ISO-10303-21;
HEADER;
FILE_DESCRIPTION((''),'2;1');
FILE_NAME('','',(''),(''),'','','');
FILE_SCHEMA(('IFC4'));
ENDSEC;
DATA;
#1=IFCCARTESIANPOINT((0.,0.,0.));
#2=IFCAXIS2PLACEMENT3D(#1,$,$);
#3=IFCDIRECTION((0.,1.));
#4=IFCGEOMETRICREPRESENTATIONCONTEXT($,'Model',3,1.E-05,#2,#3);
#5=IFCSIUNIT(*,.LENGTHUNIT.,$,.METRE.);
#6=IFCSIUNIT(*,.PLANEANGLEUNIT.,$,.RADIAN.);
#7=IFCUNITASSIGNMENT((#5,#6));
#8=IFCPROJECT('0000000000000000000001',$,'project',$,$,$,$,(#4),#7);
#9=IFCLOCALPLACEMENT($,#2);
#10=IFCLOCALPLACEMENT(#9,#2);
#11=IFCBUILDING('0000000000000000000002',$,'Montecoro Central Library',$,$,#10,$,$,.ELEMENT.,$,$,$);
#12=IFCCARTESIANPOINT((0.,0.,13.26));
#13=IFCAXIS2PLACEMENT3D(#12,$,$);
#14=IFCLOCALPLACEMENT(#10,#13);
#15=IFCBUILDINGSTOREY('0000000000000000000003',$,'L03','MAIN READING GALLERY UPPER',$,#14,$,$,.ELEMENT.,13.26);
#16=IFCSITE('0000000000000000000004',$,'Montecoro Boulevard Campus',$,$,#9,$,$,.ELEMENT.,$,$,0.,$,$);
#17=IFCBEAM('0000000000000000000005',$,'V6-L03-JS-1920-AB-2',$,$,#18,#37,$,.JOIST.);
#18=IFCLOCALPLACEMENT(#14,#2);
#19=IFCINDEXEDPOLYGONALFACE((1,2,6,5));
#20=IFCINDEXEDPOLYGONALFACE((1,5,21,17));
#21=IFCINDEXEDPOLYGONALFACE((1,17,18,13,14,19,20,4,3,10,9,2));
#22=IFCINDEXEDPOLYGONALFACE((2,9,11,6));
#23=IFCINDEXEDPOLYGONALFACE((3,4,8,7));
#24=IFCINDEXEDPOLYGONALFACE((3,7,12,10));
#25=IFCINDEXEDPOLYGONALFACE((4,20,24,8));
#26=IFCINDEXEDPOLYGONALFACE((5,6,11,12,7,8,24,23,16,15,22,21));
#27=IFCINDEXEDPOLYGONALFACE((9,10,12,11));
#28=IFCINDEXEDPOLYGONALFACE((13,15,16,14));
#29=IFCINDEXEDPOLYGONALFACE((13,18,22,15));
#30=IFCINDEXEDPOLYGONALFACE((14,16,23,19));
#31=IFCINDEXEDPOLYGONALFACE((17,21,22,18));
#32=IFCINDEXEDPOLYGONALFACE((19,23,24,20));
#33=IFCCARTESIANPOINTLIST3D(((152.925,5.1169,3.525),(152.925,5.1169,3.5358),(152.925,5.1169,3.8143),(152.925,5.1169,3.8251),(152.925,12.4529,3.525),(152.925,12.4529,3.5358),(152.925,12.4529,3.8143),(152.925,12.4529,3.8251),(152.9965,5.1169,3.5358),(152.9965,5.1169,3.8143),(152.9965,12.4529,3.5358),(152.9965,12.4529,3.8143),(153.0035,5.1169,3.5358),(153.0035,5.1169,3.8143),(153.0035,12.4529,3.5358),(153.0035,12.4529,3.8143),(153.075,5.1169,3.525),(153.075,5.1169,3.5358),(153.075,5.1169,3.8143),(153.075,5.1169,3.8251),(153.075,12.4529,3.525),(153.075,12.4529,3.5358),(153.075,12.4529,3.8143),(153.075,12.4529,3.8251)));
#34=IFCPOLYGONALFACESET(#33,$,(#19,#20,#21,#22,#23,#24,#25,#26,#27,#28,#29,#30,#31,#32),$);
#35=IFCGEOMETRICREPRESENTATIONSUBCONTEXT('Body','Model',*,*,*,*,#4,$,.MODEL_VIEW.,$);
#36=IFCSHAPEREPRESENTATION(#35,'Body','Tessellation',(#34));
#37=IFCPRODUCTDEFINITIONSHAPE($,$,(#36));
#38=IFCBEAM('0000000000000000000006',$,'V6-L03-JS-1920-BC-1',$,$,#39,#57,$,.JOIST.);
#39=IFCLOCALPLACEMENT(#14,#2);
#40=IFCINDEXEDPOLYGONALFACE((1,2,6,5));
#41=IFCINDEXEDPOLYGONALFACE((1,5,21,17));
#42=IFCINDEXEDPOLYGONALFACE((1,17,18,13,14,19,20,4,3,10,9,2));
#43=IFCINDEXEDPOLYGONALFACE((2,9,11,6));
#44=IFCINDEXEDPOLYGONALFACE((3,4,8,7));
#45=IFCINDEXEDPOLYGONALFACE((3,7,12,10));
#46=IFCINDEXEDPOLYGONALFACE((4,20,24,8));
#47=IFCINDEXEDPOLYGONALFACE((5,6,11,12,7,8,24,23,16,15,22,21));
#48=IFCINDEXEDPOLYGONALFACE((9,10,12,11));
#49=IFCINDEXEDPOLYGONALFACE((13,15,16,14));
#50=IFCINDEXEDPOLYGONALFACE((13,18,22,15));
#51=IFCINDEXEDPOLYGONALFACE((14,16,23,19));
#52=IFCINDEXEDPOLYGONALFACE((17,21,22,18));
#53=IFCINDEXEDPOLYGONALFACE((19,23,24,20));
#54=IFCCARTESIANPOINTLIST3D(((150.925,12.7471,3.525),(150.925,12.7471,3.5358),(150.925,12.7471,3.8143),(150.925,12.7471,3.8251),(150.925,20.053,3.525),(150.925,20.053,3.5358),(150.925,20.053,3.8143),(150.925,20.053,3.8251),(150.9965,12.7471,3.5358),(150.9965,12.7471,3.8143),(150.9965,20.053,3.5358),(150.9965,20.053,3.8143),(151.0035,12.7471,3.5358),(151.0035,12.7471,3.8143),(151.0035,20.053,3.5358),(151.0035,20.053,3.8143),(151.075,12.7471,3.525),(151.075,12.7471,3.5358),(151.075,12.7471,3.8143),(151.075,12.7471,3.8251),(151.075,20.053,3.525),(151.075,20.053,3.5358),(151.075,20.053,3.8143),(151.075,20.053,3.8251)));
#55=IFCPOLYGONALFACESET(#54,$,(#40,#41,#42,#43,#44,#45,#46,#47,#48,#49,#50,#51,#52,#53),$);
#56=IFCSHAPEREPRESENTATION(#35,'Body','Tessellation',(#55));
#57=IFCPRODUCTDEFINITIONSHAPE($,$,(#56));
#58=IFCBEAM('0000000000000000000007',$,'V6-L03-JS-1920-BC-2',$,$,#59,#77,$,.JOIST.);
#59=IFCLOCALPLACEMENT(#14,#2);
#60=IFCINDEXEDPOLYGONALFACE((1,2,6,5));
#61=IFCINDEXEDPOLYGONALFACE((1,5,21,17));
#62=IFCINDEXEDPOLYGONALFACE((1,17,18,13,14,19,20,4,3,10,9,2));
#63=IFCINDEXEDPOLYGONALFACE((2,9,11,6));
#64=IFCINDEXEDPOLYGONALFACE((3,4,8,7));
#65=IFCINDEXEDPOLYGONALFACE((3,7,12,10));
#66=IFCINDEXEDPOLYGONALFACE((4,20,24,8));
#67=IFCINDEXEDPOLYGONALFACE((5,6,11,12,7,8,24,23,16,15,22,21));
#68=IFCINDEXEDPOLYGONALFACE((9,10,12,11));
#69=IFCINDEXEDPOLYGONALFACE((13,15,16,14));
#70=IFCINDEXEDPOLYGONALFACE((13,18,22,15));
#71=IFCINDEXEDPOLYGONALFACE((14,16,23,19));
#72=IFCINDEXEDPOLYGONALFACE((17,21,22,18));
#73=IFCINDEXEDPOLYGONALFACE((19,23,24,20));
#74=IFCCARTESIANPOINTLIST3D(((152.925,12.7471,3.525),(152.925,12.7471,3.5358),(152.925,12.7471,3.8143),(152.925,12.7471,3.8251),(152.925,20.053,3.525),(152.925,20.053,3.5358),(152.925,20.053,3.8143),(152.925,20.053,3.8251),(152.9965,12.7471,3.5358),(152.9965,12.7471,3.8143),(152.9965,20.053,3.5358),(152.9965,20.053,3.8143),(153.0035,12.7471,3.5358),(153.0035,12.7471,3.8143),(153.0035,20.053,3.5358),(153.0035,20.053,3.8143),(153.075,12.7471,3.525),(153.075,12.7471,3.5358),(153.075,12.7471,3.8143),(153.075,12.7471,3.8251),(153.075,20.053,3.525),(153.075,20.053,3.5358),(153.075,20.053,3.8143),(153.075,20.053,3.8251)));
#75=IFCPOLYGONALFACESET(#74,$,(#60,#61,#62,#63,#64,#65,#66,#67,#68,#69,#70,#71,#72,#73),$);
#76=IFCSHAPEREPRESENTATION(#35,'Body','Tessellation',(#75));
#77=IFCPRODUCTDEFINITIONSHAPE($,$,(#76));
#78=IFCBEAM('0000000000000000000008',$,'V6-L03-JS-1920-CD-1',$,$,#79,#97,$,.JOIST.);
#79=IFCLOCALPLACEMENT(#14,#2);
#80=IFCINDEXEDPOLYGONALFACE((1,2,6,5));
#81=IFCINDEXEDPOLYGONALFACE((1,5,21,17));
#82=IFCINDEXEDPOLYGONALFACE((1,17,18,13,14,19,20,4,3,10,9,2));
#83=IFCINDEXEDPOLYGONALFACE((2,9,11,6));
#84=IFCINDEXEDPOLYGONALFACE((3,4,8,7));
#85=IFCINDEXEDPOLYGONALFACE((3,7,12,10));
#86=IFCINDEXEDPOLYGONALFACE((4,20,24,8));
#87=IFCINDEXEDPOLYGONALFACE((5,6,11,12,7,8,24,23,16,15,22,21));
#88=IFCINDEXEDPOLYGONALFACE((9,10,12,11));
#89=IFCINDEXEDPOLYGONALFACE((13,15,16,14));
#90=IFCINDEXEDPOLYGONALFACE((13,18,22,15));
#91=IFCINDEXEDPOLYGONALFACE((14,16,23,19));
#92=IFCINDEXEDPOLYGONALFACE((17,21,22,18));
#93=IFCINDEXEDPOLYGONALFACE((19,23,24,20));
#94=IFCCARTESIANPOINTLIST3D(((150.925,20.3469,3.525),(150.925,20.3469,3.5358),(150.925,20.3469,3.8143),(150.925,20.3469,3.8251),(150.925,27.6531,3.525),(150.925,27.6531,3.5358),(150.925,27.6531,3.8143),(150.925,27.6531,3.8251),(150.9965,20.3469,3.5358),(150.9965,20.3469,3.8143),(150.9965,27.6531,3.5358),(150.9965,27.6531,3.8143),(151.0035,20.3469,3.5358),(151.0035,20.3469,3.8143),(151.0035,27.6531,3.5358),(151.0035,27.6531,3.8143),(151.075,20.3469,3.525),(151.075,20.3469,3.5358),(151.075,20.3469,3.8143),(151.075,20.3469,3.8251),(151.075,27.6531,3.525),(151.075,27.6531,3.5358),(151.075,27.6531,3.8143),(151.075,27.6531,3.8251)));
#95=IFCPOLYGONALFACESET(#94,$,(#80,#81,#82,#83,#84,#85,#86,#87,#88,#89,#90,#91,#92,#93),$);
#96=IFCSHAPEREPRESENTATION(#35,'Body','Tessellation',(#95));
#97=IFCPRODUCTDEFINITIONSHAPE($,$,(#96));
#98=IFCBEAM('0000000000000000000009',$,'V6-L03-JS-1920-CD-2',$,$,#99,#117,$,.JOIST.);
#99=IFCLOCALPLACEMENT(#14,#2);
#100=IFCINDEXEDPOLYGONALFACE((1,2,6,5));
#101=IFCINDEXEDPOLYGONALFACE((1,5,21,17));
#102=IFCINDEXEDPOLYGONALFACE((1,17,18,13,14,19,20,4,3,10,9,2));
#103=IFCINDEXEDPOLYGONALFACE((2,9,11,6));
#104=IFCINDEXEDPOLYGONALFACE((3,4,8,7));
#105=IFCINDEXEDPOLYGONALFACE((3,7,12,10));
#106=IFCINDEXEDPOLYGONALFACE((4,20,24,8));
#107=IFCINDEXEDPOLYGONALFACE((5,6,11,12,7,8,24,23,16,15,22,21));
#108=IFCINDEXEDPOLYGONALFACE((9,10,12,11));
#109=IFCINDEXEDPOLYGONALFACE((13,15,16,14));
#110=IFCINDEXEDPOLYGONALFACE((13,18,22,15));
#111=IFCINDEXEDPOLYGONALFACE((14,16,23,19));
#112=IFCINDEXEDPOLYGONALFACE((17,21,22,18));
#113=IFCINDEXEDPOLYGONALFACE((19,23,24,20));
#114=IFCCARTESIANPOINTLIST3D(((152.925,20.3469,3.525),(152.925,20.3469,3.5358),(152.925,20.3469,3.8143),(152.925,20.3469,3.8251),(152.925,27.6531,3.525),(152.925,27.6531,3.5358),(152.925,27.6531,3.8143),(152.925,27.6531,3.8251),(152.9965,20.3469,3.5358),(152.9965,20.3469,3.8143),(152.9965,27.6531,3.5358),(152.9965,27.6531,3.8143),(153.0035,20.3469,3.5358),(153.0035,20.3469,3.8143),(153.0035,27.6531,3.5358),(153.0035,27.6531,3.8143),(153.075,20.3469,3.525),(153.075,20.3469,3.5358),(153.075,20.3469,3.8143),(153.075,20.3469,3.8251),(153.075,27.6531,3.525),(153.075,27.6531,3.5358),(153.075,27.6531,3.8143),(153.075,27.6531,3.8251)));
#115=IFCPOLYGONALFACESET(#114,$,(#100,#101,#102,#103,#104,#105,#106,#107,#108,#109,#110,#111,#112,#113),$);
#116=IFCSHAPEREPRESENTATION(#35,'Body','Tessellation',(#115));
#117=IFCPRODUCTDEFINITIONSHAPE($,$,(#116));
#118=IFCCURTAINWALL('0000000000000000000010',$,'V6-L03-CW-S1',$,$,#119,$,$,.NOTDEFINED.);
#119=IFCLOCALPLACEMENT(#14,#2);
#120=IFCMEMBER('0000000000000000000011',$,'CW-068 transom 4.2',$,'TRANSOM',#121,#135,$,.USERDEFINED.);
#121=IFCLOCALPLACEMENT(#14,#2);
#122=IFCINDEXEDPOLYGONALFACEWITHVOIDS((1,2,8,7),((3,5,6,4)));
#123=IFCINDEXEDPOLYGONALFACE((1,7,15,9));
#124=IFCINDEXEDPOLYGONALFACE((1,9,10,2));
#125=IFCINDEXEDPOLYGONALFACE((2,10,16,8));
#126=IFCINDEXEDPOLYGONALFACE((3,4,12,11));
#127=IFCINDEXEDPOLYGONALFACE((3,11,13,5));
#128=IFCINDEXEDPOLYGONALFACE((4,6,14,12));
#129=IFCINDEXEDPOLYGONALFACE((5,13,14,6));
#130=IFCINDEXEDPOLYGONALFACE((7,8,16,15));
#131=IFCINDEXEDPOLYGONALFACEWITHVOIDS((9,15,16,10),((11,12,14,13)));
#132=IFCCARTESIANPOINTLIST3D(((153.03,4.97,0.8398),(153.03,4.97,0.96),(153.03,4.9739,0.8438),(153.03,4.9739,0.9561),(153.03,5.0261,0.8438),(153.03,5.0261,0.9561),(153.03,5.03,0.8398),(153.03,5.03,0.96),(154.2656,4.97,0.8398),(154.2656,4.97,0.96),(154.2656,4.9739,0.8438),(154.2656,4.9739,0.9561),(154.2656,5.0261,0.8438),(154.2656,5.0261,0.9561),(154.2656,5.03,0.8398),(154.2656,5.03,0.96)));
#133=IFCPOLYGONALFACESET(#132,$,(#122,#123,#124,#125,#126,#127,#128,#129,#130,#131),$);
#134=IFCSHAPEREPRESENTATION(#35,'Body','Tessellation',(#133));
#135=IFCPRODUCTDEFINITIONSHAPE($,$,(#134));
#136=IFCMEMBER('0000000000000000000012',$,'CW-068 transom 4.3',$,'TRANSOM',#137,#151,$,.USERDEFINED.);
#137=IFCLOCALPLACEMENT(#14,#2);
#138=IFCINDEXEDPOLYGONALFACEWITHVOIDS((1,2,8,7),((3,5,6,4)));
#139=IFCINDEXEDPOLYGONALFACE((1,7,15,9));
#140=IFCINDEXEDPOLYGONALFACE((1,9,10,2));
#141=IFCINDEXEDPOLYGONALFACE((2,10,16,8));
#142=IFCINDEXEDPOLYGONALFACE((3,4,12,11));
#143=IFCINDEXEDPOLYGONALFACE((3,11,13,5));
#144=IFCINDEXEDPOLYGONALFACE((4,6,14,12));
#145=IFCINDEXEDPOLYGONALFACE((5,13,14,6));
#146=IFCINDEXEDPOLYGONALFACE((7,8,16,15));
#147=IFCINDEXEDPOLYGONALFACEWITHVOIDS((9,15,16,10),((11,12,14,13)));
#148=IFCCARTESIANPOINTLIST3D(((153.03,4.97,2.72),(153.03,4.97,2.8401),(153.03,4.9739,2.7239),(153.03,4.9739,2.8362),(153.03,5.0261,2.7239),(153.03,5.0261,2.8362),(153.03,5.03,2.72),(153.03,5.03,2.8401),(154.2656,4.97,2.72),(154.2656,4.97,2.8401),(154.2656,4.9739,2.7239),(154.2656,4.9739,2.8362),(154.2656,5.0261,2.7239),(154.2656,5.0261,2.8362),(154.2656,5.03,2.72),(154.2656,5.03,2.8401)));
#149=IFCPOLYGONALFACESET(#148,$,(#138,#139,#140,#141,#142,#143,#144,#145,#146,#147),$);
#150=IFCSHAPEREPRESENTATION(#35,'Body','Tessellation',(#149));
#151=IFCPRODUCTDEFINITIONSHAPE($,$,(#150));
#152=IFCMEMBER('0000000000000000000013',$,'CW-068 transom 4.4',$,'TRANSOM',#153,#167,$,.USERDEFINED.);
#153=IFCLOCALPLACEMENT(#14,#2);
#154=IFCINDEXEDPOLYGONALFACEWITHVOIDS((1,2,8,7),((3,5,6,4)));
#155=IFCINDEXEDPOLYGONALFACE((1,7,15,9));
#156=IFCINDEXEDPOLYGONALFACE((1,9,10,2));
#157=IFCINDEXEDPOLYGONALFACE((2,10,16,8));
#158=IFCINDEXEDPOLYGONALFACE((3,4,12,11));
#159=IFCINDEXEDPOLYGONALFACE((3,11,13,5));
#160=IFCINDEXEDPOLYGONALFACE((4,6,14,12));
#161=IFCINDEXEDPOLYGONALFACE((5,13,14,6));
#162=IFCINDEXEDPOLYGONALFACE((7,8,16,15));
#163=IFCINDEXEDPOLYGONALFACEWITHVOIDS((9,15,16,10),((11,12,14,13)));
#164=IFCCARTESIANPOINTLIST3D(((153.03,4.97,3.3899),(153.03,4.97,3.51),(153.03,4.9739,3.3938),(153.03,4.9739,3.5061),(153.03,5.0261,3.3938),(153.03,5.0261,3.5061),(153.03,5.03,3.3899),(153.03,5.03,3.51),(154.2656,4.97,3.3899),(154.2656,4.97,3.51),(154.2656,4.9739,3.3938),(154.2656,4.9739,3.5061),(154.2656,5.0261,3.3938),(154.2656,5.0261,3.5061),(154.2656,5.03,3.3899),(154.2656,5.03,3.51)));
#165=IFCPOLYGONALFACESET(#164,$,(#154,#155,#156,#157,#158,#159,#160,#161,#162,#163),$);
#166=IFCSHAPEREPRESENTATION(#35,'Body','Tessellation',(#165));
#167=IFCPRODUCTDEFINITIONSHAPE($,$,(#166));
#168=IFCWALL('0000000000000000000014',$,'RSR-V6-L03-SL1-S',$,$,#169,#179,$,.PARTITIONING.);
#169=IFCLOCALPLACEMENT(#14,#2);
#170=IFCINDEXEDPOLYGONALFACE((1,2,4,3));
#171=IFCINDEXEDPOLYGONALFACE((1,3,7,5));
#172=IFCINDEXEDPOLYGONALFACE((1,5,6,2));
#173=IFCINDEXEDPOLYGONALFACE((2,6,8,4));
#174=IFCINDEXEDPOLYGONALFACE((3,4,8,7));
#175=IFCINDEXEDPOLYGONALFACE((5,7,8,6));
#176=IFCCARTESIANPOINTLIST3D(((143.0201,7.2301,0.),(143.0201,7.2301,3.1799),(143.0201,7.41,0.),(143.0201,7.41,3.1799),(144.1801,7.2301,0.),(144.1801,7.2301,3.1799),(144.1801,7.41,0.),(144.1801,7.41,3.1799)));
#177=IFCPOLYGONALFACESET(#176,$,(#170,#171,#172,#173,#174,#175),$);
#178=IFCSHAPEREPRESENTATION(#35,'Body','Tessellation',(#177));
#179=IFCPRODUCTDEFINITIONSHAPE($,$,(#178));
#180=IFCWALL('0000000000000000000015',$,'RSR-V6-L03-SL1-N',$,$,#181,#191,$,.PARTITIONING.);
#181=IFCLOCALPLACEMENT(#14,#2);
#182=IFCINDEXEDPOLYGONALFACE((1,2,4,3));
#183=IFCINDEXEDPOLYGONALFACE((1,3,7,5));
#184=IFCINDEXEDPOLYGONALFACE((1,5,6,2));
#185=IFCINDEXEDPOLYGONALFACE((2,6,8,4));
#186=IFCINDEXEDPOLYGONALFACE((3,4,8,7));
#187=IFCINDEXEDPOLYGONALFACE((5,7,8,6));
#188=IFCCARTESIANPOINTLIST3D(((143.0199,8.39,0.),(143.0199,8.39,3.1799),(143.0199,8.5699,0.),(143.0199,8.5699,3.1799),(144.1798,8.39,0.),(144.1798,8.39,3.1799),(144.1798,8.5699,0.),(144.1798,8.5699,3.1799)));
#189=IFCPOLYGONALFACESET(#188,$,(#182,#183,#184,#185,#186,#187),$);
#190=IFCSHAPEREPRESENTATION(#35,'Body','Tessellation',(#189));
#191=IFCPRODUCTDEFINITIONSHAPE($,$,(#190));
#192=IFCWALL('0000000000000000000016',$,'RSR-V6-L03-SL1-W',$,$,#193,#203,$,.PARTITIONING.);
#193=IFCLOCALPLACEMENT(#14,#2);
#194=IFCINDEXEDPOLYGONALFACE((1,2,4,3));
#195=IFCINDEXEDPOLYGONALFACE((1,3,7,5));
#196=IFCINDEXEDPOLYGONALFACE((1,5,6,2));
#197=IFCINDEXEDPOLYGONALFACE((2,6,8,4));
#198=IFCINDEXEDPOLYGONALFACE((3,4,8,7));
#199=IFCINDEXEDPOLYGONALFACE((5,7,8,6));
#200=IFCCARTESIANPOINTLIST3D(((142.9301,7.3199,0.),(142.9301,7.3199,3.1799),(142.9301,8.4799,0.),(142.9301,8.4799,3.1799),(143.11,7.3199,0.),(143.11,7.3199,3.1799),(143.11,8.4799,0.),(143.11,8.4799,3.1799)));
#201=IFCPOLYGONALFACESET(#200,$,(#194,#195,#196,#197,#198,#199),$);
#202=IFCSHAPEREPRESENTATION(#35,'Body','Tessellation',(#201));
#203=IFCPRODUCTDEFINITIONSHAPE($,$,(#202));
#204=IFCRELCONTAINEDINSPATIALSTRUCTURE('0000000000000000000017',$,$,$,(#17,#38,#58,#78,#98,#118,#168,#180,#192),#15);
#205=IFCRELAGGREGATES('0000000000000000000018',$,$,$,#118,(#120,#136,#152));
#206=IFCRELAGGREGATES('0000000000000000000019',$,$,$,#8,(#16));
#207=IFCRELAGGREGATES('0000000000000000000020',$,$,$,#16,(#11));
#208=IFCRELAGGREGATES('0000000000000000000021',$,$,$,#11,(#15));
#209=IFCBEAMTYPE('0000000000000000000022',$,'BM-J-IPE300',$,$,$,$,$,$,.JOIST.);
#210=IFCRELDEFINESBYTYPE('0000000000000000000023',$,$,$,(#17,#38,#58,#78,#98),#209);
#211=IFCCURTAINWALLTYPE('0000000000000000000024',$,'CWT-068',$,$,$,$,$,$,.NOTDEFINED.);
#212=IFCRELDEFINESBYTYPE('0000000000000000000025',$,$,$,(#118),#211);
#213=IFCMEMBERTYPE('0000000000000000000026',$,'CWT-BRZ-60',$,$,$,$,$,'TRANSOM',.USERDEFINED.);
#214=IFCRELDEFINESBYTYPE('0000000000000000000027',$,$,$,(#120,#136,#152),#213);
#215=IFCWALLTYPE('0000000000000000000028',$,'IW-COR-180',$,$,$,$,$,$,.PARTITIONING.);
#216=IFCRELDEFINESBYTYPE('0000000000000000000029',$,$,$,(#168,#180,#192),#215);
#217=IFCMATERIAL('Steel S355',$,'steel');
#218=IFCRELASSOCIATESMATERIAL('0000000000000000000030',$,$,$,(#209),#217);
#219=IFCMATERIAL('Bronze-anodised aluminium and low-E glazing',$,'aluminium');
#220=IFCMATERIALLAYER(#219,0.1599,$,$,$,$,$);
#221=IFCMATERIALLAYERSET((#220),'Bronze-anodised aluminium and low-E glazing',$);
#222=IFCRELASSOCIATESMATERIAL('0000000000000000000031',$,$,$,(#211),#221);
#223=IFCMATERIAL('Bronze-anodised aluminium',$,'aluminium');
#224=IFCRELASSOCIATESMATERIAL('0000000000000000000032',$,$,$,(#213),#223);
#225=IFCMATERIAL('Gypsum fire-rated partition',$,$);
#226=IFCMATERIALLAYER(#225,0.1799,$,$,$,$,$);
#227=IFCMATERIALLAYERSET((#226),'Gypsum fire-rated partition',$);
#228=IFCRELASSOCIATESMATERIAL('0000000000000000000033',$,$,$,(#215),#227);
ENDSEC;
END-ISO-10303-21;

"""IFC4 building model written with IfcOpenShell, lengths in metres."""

from ifc_helpers import new_model, si_unit, direction, frame, frame_2d, origin, origin_2d, place, context, subcontext, project, spatial, rectangle, hollow_rectangle, i_section, extrude, material, layer, layer_set, material_profile, profile_set, type_object, element, aggregate, save


model = new_model("IFC4")

# Units and contexts
model_context = context("Model", 3, precision=1e-05, world=origin(), true_north=direction((0.0, 1.0)))
body_context = subcontext(model_context, "Body", "Model", "MODEL_VIEW")
ifc_project = project(units=[si_unit("LENGTHUNIT", "METRE"), si_unit("PLANEANGLEUNIT", "RADIAN")], contexts=[model_context])

# Site, building, storey
site_placement = place(None, origin())
site = spatial("IfcSite", under=ifc_project, at=site_placement, Name="Montecoro Boulevard Campus", CompositionType="ELEMENT", RefElevation=0.0)
building_placement = place(site_placement, origin())
building = spatial("IfcBuilding", under=site, at=building_placement, Name="Montecoro Central Library", CompositionType="ELEMENT")
storey_placement = place(building_placement, frame((0.0, 0.0, 13.26)))
storey = spatial("IfcBuildingStorey", under=building, at=storey_placement, Name="L03", Description="MAIN READING GALLERY UPPER", CompositionType="ELEMENT", Elevation=13.26)

# Shared definitions
ifc_material_1 = material(Name="Steel S355", Category="steel")

# Beams
ifc_material_profile_1 = material_profile(ifc_material_1, i_section(OverallWidth=0.1499, OverallDepth=0.3, WebThickness=0.0071, FlangeThickness=0.0107, at=origin_2d()), Name="IPE 300")
ifc_profile_set_1 = profile_set([ifc_material_profile_1], Name="Steel S355")
beam_type_1 = type_object("IfcBeamType", Name="BM-J-IPE300", PredefinedType="JOIST", material=ifc_profile_set_1)
for number, where, z_axis, x_axis, name in (
    (1, (153.0, 5.1169, 3.675), (0.0, 1.0, 0.0), (-1.0, 0.0, 0.0), "V6-L03-JS-1920-AB-2"),
):
    element("IfcBeam", number, at=place(storey_placement, frame(where, z_axis=z_axis, x_axis=x_axis)), inside=storey, type_object=beam_type_1, Name=name, PredefinedType="JOIST", context=body_context, shape_type="SweptSolid", body=[
        extrude(i_section(OverallWidth=0.1499, OverallDepth=0.3, WebThickness=0.0071, FlangeThickness=0.0107, at=origin_2d()), origin(), (0.0, 0.0, 1.0), 7.3359),
    ])
for number, where, z_axis, x_axis, name in (
    (2, (151.0, 12.7471, 3.675), (0.0, 1.0, 0.0), (-1.0, 0.0, 0.0), "V6-L03-JS-1920-BC-1"),
    (3, (153.0, 12.7471, 3.675), (0.0, 1.0, 0.0), (-1.0, 0.0, 0.0), "V6-L03-JS-1920-BC-2"),
):
    element("IfcBeam", number, at=place(storey_placement, frame(where, z_axis=z_axis, x_axis=x_axis)), inside=storey, type_object=beam_type_1, Name=name, PredefinedType="JOIST", context=body_context, shape_type="SweptSolid", body=[
        extrude(i_section(OverallWidth=0.1499, OverallDepth=0.3, WebThickness=0.0071, FlangeThickness=0.0107, at=origin_2d()), origin(), (0.0, 0.0, 1.0), 7.3059),
    ])
for number, where, z_axis, x_axis, name in (
    (4, (151.0, 20.3469, 3.675), (0.0, 1.0, 0.0), (-1.0, 0.0, 0.0), "V6-L03-JS-1920-CD-1"),
    (5, (153.0, 20.3469, 3.675), (0.0, 1.0, 0.0), (-1.0, 0.0, 0.0), "V6-L03-JS-1920-CD-2"),
):
    element("IfcBeam", number, at=place(storey_placement, frame(where, z_axis=z_axis, x_axis=x_axis)), inside=storey, type_object=beam_type_1, Name=name, PredefinedType="JOIST", context=body_context, shape_type="SweptSolid", body=[
        extrude(i_section(OverallWidth=0.1499, OverallDepth=0.3, WebThickness=0.0071, FlangeThickness=0.0107, at=origin_2d()), origin(), (0.0, 0.0, 1.0), 7.3062),
    ])

# Curtain wall, members
ifc_material_2 = material(Name="Bronze-anodised aluminium and low-E glazing", Category="aluminium")
ifc_layer_1 = layer(ifc_material_2, 0.1599)
ifc_layer_set_1 = layer_set([ifc_layer_1], Name="Bronze-anodised aluminium and low-E glazing")
curtain_wall_type = type_object("IfcCurtainWallType", Name="CWT-068", PredefinedType="NOTDEFINED", material=ifc_layer_set_1)
curtain_wall_placement = place(storey_placement, origin())
curtain_wall = element("IfcCurtainWall", 6, at=curtain_wall_placement, inside=storey, type_object=curtain_wall_type, Name="V6-L03-CW-S1", PredefinedType="NOTDEFINED")
ifc_material_3 = material(Name="Bronze-anodised aluminium", Category="aluminium")
ifc_material_profile_2 = material_profile(ifc_material_3, hollow_rectangle(XDim=0.0601, YDim=0.1201, WallThickness=0.0039, at=origin_2d()), Name="CWT 120x60x4.0")
ifc_profile_set_2 = profile_set([ifc_material_profile_2], Name="Bronze-anodised aluminium")
member_type = type_object("IfcMemberType", Name="CWT-BRZ-60", ElementType="TRANSOM", PredefinedType="USERDEFINED", material=ifc_profile_set_2)
member_1_placement = place(storey_placement, frame((153.03, 5.0, 0.8999), z_axis=(1.0, 0.0, 0.0), x_axis=(0.0, 1.0, 0.0)))
member_1 = element("IfcMember", 7, at=member_1_placement, type_object=member_type, Name="CW-068 transom 4.2", ObjectType="TRANSOM", PredefinedType="USERDEFINED", context=body_context, shape_type="SweptSolid", body=[
    extrude(hollow_rectangle(XDim=0.0601, YDim=0.1201, WallThickness=0.0039, at=origin_2d()), origin(), (0.0, 0.0, 1.0), 1.2356),
])
member_2_placement = place(storey_placement, frame((153.03, 5.0, 2.78), z_axis=(1.0, 0.0, 0.0), x_axis=(0.0, 1.0, 0.0)))
member_2 = element("IfcMember", 8, at=member_2_placement, type_object=member_type, Name="CW-068 transom 4.3", ObjectType="TRANSOM", PredefinedType="USERDEFINED", context=body_context, shape_type="SweptSolid", body=[
    extrude(hollow_rectangle(XDim=0.0601, YDim=0.1201, WallThickness=0.0039, at=origin_2d()), origin(), (0.0, 0.0, 1.0), 1.2356),
])
member_3_placement = place(storey_placement, frame((153.03, 5.0, 3.45), z_axis=(1.0, 0.0, 0.0), x_axis=(0.0, 1.0, 0.0)))
member_3 = element("IfcMember", 9, at=member_3_placement, type_object=member_type, Name="CW-068 transom 4.4", ObjectType="TRANSOM", PredefinedType="USERDEFINED", context=body_context, shape_type="SweptSolid", body=[
    extrude(hollow_rectangle(XDim=0.0601, YDim=0.1201, WallThickness=0.0039, at=origin_2d()), origin(), (0.0, 0.0, 1.0), 1.2356),
])
aggregate(curtain_wall, [member_1, member_2, member_3])

# Walls
ifc_material_4 = material(Name="Gypsum fire-rated partition")
ifc_layer_2 = layer(ifc_material_4, 0.1799)
ifc_layer_set_2 = layer_set([ifc_layer_2], Name="Gypsum fire-rated partition")
wall_type_1 = type_object("IfcWallType", Name="IW-COR-180", PredefinedType="PARTITIONING", material=ifc_layer_set_2)
for number, where, z_axis, x_axis, name in (
    (10, (143.02, 7.3201, 0.0), (0.0, 0.0, 1.0), (1.0, 0.0, 0.0), "RSR-V6-L03-SL1-S"),
    (11, (144.1799, 8.48, 0.0), (0.0, 0.0, 1.0), (-1.0, 0.0, 0.0), "RSR-V6-L03-SL1-N"),
    (12, (143.02, 8.48, 0.0), (0.0, 0.0, 1.0), (0.0, -1.0, 0.0), "RSR-V6-L03-SL1-W"),
):
    element("IfcWall", number, at=place(storey_placement, frame(where, z_axis=z_axis, x_axis=x_axis)), inside=storey, type_object=wall_type_1, Name=name, PredefinedType="PARTITIONING", context=body_context, shape_type="SweptSolid", body=[
        extrude(rectangle(XDim=1.1599, YDim=0.1799, at=frame_2d((0.5801, 0.0))), origin(), (0.0, 0.0, 1.0), 3.1799),
    ])

save(model, "model.ifc")
